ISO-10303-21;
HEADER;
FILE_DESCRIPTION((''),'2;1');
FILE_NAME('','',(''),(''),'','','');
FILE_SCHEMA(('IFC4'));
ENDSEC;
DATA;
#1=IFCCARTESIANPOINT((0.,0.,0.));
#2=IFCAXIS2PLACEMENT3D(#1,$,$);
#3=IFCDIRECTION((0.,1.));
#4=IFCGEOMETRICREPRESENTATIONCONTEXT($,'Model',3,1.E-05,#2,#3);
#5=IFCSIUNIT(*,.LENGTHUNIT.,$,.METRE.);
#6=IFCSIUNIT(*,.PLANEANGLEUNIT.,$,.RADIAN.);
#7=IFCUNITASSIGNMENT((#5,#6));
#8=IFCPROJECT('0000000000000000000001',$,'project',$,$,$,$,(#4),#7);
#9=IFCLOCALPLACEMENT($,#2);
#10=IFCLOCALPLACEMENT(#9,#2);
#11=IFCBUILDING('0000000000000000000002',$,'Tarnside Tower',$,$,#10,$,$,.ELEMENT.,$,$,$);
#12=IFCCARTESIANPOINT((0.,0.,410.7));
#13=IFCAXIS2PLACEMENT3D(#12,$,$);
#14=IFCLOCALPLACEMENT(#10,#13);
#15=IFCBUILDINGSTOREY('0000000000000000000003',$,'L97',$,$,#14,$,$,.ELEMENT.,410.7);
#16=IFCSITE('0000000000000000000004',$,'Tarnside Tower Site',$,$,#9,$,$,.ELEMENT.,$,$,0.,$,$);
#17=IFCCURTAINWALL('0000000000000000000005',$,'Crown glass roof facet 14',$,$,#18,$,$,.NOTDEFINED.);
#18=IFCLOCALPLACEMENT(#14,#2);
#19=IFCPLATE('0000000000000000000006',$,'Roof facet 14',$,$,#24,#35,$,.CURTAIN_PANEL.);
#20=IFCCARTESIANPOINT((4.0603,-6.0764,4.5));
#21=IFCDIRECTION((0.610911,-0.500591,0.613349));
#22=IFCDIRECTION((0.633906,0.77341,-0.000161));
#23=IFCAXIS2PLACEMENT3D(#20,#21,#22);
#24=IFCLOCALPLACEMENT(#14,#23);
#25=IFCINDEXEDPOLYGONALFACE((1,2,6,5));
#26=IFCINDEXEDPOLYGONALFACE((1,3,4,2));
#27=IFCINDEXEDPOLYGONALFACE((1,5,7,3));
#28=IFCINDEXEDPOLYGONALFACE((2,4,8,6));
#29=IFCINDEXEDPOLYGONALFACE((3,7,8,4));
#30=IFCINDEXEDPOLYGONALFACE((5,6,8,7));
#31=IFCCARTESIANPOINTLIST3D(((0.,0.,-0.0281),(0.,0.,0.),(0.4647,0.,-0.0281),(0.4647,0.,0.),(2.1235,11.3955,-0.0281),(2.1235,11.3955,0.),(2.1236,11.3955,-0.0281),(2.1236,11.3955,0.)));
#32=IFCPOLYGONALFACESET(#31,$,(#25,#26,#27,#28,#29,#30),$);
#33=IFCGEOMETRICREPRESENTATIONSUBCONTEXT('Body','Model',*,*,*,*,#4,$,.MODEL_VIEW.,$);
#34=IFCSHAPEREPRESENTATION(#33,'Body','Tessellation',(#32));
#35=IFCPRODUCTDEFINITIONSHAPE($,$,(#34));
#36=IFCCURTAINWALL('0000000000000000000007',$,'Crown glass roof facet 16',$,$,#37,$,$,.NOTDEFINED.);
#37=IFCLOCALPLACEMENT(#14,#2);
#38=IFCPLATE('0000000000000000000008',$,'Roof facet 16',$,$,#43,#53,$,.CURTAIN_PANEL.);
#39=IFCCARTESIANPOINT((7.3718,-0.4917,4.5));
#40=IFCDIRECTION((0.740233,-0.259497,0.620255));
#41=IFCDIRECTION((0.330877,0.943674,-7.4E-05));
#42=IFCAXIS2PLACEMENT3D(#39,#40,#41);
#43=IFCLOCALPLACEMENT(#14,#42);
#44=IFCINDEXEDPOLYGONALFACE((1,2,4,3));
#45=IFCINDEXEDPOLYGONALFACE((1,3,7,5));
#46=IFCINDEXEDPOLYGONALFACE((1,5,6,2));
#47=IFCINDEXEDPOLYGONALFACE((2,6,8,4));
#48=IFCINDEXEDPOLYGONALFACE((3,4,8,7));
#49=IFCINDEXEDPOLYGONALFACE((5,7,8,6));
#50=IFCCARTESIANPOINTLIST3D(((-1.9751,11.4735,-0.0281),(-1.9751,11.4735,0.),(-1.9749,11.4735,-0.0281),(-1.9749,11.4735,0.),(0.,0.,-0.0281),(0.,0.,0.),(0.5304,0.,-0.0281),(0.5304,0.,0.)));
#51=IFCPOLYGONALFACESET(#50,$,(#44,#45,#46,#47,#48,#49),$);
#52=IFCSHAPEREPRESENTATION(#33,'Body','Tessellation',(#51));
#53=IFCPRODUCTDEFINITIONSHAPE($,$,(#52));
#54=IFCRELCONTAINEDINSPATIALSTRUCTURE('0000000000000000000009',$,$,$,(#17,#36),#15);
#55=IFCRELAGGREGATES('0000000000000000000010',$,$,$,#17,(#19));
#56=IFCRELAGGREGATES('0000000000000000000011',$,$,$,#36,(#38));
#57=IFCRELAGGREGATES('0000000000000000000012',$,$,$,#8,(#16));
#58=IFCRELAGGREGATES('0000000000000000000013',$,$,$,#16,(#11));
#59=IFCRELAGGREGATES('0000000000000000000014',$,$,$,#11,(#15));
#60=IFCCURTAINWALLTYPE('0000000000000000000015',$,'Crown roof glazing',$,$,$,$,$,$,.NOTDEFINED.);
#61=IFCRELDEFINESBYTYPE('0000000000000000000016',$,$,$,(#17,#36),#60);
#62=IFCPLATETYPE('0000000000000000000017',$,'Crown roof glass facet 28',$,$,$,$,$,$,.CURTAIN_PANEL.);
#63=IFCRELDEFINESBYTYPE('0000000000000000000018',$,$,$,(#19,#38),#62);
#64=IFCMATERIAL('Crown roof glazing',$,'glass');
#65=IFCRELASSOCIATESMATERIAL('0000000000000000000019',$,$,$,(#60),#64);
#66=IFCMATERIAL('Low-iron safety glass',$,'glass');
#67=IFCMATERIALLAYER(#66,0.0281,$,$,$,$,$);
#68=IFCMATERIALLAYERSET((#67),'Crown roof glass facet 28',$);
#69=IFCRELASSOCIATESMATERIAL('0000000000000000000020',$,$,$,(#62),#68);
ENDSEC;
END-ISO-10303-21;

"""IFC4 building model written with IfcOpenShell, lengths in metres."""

from ifc_helpers import new_model, si_unit, direction, frame, origin, place, context, subcontext, project, spatial, polyline, outline, extrude, material, layer, layer_set, type_object, element, aggregate, save


model = new_model("IFC4")

# Units and contexts
model_context = context("Model", 3, precision=1e-05, world=origin(), true_north=direction((0.0, 1.0)))
body_context = subcontext(model_context, "Body", "Model", "MODEL_VIEW")
ifc_project = project(units=[si_unit("LENGTHUNIT", "METRE"), si_unit("PLANEANGLEUNIT", "RADIAN")], contexts=[model_context])

# Site, building, storey
site_placement = place(None, origin())
site = spatial("IfcSite", under=ifc_project, at=site_placement, Name="Tarnside Tower Site", CompositionType="ELEMENT", RefElevation=0.0)
building_placement = place(site_placement, origin())
building = spatial("IfcBuilding", under=site, at=building_placement, Name="Tarnside Tower", CompositionType="ELEMENT")
storey_placement = place(building_placement, frame((0.0, 0.0, 410.7)))
storey = spatial("IfcBuildingStorey", under=building, at=storey_placement, Name="L97", CompositionType="ELEMENT", Elevation=410.7)

# Shared definitions
ifc_material_1 = material(Name="Low-iron safety glass", Category="glass")

# Curtain walls, plates
ifc_material_2 = material(Name="Crown roof glazing", Category="glass")
curtain_wall_type_1 = type_object("IfcCurtainWallType", Name="Crown roof glazing", PredefinedType="NOTDEFINED", material=ifc_material_2)
curtain_wall_1_placement = place(storey_placement, origin())
curtain_wall_1 = element("IfcCurtainWall", 1, at=curtain_wall_1_placement, inside=storey, type_object=curtain_wall_type_1, Name="Crown glass roof facet 14", PredefinedType="NOTDEFINED")
ifc_layer_1 = layer(ifc_material_1, 0.0281)
ifc_layer_set_1 = layer_set([ifc_layer_1], Name="Crown roof glass facet 28")
plate_type_1 = type_object("IfcPlateType", Name="Crown roof glass facet 28", PredefinedType="CURTAIN_PANEL", material=ifc_layer_set_1)
plate_1_placement = place(storey_placement, frame((4.0603, -6.0764, 4.5), z_axis=(0.610911, -0.500591, 0.613349), x_axis=(0.633906, 0.77341, -0.000161)))
plate_1 = element("IfcPlate", 2, at=plate_1_placement, type_object=plate_type_1, Name="Roof facet 14", PredefinedType="CURTAIN_PANEL", context=body_context, shape_type="SweptSolid", body=[
    extrude(outline(polyline([(0.0, 0.0), (0.4647, 0.0), (2.1236, 11.3955), (2.1235, 11.3955), (0.0, 0.0)])), origin(), (0.0, 0.0, -1.0), 0.0281),
])
aggregate(curtain_wall_1, [plate_1])
curtain_wall_2_placement = place(storey_placement, origin())
curtain_wall_2 = element("IfcCurtainWall", 3, at=curtain_wall_2_placement, inside=storey, type_object=curtain_wall_type_1, Name="Crown glass roof facet 16", PredefinedType="NOTDEFINED")
plate_2_placement = place(storey_placement, frame((7.3718, -0.4917, 4.5), z_axis=(0.740233, -0.259497, 0.620255), x_axis=(0.330877, 0.943674, -0.000074)))
plate_2 = element("IfcPlate", 4, at=plate_2_placement, type_object=plate_type_1, Name="Roof facet 16", PredefinedType="CURTAIN_PANEL", context=body_context, shape_type="SweptSolid", body=[
    extrude(outline(polyline([(0.0, 0.0), (0.5304, 0.0), (-1.9749, 11.4735), (-1.9751, 11.4735), (0.0, 0.0)])), origin(), (0.0, 0.0, -1.0), 0.0281),
])
aggregate(curtain_wall_2, [plate_2])

save(model, "model.ifc")
